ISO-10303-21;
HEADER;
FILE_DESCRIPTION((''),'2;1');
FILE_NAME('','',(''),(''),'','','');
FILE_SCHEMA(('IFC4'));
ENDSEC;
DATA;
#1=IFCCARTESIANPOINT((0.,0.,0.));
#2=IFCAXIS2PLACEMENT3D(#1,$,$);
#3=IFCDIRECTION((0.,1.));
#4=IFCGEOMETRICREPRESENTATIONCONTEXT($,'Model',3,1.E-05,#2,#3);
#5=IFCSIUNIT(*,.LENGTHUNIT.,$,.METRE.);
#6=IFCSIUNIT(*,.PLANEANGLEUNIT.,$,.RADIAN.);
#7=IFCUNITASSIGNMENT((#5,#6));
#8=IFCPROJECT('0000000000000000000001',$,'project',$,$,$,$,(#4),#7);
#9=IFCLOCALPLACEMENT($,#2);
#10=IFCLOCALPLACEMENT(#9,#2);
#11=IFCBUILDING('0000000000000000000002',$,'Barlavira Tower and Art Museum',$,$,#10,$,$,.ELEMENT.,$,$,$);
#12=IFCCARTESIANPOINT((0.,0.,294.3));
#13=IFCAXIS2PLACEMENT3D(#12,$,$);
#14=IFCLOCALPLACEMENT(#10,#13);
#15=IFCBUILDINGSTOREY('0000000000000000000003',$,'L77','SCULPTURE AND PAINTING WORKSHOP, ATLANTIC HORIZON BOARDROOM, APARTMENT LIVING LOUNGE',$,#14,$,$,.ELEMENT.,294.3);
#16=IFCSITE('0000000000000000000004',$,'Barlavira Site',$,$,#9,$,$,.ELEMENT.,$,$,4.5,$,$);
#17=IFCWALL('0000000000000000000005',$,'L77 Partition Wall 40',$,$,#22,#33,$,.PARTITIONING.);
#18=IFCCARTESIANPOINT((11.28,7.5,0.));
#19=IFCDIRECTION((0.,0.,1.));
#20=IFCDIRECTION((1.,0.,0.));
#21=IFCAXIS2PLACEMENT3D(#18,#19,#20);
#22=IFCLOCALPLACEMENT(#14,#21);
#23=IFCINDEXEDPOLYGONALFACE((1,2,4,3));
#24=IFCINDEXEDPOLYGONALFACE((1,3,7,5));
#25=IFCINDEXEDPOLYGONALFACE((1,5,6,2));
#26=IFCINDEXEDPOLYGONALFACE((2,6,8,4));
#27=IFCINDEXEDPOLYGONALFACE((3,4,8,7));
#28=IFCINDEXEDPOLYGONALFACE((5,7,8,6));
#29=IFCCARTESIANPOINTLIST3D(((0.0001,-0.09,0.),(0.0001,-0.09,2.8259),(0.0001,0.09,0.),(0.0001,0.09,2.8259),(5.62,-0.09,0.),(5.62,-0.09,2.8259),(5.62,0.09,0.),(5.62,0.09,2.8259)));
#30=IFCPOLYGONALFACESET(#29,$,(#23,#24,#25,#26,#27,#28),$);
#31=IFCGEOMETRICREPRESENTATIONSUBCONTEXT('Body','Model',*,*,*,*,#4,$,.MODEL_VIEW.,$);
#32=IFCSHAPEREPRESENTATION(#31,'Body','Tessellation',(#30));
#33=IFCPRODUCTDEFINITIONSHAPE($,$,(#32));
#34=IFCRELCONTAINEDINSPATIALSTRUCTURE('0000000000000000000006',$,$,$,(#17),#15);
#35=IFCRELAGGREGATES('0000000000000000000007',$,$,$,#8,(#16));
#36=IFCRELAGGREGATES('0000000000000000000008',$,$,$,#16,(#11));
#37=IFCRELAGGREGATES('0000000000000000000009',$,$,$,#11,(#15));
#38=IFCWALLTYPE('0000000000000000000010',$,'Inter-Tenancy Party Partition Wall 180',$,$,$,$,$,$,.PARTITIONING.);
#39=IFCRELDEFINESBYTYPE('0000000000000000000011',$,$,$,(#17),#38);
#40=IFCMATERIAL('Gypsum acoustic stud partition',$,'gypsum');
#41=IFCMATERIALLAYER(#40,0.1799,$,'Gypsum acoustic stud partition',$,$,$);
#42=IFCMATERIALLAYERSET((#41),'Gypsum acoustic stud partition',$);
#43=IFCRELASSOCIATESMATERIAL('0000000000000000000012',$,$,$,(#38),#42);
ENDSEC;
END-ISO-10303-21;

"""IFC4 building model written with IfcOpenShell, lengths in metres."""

from ifc_helpers import new_model, si_unit, direction, frame, frame_2d, origin, place, context, subcontext, project, spatial, rectangle, extrude, material, layer, layer_set, type_object, element, save


model = new_model("IFC4")

# Units and contexts
model_context = context("Model", 3, precision=1e-05, world=origin(), true_north=direction((0.0, 1.0)))
body_context = subcontext(model_context, "Body", "Model", "MODEL_VIEW")
ifc_project = project(units=[si_unit("LENGTHUNIT", "METRE"), si_unit("PLANEANGLEUNIT", "RADIAN")], contexts=[model_context])

# Site, building, storey
site_placement = place(None, origin())
site = spatial("IfcSite", under=ifc_project, at=site_placement, Name="Barlavira Site", CompositionType="ELEMENT", RefElevation=4.5)
building_placement = place(site_placement, origin())
building = spatial("IfcBuilding", under=site, at=building_placement, Name="Barlavira Tower and Art Museum", CompositionType="ELEMENT")
storey_placement = place(building_placement, frame((0.0, 0.0, 294.3)))
storey = spatial("IfcBuildingStorey", under=building, at=storey_placement, Name="L77", Description="SCULPTURE AND PAINTING WORKSHOP, ATLANTIC HORIZON BOARDROOM, APARTMENT LIVING LOUNGE", CompositionType="ELEMENT", Elevation=294.3)

# Shared definitions
ifc_material_1 = material(Name="Gypsum acoustic stud partition", Category="gypsum")

# Wall
ifc_layer_1 = layer(ifc_material_1, 0.1799, Name="Gypsum acoustic stud partition")
ifc_layer_set_1 = layer_set([ifc_layer_1], Name="Gypsum acoustic stud partition")
wall_type_1 = type_object("IfcWallType", Name="Inter-Tenancy Party Partition Wall 180", PredefinedType="PARTITIONING", material=ifc_layer_set_1)
wall_1_placement = place(storey_placement, frame((11.28, 7.5, 0.0), z_axis=(0.0, 0.0, 1.0), x_axis=(1.0, 0.0, 0.0)))
element("IfcWall", 1, at=wall_1_placement, inside=storey, type_object=wall_type_1, Name="L77 Partition Wall 40", PredefinedType="PARTITIONING", context=body_context, shape_type="SweptSolid", body=[
    extrude(rectangle(XDim=5.6199, YDim=0.1799, at=frame_2d((2.8101, 0.0))), origin(), (0.0, 0.0, 1.0), 2.8259),
])

save(model, "model.ifc")
